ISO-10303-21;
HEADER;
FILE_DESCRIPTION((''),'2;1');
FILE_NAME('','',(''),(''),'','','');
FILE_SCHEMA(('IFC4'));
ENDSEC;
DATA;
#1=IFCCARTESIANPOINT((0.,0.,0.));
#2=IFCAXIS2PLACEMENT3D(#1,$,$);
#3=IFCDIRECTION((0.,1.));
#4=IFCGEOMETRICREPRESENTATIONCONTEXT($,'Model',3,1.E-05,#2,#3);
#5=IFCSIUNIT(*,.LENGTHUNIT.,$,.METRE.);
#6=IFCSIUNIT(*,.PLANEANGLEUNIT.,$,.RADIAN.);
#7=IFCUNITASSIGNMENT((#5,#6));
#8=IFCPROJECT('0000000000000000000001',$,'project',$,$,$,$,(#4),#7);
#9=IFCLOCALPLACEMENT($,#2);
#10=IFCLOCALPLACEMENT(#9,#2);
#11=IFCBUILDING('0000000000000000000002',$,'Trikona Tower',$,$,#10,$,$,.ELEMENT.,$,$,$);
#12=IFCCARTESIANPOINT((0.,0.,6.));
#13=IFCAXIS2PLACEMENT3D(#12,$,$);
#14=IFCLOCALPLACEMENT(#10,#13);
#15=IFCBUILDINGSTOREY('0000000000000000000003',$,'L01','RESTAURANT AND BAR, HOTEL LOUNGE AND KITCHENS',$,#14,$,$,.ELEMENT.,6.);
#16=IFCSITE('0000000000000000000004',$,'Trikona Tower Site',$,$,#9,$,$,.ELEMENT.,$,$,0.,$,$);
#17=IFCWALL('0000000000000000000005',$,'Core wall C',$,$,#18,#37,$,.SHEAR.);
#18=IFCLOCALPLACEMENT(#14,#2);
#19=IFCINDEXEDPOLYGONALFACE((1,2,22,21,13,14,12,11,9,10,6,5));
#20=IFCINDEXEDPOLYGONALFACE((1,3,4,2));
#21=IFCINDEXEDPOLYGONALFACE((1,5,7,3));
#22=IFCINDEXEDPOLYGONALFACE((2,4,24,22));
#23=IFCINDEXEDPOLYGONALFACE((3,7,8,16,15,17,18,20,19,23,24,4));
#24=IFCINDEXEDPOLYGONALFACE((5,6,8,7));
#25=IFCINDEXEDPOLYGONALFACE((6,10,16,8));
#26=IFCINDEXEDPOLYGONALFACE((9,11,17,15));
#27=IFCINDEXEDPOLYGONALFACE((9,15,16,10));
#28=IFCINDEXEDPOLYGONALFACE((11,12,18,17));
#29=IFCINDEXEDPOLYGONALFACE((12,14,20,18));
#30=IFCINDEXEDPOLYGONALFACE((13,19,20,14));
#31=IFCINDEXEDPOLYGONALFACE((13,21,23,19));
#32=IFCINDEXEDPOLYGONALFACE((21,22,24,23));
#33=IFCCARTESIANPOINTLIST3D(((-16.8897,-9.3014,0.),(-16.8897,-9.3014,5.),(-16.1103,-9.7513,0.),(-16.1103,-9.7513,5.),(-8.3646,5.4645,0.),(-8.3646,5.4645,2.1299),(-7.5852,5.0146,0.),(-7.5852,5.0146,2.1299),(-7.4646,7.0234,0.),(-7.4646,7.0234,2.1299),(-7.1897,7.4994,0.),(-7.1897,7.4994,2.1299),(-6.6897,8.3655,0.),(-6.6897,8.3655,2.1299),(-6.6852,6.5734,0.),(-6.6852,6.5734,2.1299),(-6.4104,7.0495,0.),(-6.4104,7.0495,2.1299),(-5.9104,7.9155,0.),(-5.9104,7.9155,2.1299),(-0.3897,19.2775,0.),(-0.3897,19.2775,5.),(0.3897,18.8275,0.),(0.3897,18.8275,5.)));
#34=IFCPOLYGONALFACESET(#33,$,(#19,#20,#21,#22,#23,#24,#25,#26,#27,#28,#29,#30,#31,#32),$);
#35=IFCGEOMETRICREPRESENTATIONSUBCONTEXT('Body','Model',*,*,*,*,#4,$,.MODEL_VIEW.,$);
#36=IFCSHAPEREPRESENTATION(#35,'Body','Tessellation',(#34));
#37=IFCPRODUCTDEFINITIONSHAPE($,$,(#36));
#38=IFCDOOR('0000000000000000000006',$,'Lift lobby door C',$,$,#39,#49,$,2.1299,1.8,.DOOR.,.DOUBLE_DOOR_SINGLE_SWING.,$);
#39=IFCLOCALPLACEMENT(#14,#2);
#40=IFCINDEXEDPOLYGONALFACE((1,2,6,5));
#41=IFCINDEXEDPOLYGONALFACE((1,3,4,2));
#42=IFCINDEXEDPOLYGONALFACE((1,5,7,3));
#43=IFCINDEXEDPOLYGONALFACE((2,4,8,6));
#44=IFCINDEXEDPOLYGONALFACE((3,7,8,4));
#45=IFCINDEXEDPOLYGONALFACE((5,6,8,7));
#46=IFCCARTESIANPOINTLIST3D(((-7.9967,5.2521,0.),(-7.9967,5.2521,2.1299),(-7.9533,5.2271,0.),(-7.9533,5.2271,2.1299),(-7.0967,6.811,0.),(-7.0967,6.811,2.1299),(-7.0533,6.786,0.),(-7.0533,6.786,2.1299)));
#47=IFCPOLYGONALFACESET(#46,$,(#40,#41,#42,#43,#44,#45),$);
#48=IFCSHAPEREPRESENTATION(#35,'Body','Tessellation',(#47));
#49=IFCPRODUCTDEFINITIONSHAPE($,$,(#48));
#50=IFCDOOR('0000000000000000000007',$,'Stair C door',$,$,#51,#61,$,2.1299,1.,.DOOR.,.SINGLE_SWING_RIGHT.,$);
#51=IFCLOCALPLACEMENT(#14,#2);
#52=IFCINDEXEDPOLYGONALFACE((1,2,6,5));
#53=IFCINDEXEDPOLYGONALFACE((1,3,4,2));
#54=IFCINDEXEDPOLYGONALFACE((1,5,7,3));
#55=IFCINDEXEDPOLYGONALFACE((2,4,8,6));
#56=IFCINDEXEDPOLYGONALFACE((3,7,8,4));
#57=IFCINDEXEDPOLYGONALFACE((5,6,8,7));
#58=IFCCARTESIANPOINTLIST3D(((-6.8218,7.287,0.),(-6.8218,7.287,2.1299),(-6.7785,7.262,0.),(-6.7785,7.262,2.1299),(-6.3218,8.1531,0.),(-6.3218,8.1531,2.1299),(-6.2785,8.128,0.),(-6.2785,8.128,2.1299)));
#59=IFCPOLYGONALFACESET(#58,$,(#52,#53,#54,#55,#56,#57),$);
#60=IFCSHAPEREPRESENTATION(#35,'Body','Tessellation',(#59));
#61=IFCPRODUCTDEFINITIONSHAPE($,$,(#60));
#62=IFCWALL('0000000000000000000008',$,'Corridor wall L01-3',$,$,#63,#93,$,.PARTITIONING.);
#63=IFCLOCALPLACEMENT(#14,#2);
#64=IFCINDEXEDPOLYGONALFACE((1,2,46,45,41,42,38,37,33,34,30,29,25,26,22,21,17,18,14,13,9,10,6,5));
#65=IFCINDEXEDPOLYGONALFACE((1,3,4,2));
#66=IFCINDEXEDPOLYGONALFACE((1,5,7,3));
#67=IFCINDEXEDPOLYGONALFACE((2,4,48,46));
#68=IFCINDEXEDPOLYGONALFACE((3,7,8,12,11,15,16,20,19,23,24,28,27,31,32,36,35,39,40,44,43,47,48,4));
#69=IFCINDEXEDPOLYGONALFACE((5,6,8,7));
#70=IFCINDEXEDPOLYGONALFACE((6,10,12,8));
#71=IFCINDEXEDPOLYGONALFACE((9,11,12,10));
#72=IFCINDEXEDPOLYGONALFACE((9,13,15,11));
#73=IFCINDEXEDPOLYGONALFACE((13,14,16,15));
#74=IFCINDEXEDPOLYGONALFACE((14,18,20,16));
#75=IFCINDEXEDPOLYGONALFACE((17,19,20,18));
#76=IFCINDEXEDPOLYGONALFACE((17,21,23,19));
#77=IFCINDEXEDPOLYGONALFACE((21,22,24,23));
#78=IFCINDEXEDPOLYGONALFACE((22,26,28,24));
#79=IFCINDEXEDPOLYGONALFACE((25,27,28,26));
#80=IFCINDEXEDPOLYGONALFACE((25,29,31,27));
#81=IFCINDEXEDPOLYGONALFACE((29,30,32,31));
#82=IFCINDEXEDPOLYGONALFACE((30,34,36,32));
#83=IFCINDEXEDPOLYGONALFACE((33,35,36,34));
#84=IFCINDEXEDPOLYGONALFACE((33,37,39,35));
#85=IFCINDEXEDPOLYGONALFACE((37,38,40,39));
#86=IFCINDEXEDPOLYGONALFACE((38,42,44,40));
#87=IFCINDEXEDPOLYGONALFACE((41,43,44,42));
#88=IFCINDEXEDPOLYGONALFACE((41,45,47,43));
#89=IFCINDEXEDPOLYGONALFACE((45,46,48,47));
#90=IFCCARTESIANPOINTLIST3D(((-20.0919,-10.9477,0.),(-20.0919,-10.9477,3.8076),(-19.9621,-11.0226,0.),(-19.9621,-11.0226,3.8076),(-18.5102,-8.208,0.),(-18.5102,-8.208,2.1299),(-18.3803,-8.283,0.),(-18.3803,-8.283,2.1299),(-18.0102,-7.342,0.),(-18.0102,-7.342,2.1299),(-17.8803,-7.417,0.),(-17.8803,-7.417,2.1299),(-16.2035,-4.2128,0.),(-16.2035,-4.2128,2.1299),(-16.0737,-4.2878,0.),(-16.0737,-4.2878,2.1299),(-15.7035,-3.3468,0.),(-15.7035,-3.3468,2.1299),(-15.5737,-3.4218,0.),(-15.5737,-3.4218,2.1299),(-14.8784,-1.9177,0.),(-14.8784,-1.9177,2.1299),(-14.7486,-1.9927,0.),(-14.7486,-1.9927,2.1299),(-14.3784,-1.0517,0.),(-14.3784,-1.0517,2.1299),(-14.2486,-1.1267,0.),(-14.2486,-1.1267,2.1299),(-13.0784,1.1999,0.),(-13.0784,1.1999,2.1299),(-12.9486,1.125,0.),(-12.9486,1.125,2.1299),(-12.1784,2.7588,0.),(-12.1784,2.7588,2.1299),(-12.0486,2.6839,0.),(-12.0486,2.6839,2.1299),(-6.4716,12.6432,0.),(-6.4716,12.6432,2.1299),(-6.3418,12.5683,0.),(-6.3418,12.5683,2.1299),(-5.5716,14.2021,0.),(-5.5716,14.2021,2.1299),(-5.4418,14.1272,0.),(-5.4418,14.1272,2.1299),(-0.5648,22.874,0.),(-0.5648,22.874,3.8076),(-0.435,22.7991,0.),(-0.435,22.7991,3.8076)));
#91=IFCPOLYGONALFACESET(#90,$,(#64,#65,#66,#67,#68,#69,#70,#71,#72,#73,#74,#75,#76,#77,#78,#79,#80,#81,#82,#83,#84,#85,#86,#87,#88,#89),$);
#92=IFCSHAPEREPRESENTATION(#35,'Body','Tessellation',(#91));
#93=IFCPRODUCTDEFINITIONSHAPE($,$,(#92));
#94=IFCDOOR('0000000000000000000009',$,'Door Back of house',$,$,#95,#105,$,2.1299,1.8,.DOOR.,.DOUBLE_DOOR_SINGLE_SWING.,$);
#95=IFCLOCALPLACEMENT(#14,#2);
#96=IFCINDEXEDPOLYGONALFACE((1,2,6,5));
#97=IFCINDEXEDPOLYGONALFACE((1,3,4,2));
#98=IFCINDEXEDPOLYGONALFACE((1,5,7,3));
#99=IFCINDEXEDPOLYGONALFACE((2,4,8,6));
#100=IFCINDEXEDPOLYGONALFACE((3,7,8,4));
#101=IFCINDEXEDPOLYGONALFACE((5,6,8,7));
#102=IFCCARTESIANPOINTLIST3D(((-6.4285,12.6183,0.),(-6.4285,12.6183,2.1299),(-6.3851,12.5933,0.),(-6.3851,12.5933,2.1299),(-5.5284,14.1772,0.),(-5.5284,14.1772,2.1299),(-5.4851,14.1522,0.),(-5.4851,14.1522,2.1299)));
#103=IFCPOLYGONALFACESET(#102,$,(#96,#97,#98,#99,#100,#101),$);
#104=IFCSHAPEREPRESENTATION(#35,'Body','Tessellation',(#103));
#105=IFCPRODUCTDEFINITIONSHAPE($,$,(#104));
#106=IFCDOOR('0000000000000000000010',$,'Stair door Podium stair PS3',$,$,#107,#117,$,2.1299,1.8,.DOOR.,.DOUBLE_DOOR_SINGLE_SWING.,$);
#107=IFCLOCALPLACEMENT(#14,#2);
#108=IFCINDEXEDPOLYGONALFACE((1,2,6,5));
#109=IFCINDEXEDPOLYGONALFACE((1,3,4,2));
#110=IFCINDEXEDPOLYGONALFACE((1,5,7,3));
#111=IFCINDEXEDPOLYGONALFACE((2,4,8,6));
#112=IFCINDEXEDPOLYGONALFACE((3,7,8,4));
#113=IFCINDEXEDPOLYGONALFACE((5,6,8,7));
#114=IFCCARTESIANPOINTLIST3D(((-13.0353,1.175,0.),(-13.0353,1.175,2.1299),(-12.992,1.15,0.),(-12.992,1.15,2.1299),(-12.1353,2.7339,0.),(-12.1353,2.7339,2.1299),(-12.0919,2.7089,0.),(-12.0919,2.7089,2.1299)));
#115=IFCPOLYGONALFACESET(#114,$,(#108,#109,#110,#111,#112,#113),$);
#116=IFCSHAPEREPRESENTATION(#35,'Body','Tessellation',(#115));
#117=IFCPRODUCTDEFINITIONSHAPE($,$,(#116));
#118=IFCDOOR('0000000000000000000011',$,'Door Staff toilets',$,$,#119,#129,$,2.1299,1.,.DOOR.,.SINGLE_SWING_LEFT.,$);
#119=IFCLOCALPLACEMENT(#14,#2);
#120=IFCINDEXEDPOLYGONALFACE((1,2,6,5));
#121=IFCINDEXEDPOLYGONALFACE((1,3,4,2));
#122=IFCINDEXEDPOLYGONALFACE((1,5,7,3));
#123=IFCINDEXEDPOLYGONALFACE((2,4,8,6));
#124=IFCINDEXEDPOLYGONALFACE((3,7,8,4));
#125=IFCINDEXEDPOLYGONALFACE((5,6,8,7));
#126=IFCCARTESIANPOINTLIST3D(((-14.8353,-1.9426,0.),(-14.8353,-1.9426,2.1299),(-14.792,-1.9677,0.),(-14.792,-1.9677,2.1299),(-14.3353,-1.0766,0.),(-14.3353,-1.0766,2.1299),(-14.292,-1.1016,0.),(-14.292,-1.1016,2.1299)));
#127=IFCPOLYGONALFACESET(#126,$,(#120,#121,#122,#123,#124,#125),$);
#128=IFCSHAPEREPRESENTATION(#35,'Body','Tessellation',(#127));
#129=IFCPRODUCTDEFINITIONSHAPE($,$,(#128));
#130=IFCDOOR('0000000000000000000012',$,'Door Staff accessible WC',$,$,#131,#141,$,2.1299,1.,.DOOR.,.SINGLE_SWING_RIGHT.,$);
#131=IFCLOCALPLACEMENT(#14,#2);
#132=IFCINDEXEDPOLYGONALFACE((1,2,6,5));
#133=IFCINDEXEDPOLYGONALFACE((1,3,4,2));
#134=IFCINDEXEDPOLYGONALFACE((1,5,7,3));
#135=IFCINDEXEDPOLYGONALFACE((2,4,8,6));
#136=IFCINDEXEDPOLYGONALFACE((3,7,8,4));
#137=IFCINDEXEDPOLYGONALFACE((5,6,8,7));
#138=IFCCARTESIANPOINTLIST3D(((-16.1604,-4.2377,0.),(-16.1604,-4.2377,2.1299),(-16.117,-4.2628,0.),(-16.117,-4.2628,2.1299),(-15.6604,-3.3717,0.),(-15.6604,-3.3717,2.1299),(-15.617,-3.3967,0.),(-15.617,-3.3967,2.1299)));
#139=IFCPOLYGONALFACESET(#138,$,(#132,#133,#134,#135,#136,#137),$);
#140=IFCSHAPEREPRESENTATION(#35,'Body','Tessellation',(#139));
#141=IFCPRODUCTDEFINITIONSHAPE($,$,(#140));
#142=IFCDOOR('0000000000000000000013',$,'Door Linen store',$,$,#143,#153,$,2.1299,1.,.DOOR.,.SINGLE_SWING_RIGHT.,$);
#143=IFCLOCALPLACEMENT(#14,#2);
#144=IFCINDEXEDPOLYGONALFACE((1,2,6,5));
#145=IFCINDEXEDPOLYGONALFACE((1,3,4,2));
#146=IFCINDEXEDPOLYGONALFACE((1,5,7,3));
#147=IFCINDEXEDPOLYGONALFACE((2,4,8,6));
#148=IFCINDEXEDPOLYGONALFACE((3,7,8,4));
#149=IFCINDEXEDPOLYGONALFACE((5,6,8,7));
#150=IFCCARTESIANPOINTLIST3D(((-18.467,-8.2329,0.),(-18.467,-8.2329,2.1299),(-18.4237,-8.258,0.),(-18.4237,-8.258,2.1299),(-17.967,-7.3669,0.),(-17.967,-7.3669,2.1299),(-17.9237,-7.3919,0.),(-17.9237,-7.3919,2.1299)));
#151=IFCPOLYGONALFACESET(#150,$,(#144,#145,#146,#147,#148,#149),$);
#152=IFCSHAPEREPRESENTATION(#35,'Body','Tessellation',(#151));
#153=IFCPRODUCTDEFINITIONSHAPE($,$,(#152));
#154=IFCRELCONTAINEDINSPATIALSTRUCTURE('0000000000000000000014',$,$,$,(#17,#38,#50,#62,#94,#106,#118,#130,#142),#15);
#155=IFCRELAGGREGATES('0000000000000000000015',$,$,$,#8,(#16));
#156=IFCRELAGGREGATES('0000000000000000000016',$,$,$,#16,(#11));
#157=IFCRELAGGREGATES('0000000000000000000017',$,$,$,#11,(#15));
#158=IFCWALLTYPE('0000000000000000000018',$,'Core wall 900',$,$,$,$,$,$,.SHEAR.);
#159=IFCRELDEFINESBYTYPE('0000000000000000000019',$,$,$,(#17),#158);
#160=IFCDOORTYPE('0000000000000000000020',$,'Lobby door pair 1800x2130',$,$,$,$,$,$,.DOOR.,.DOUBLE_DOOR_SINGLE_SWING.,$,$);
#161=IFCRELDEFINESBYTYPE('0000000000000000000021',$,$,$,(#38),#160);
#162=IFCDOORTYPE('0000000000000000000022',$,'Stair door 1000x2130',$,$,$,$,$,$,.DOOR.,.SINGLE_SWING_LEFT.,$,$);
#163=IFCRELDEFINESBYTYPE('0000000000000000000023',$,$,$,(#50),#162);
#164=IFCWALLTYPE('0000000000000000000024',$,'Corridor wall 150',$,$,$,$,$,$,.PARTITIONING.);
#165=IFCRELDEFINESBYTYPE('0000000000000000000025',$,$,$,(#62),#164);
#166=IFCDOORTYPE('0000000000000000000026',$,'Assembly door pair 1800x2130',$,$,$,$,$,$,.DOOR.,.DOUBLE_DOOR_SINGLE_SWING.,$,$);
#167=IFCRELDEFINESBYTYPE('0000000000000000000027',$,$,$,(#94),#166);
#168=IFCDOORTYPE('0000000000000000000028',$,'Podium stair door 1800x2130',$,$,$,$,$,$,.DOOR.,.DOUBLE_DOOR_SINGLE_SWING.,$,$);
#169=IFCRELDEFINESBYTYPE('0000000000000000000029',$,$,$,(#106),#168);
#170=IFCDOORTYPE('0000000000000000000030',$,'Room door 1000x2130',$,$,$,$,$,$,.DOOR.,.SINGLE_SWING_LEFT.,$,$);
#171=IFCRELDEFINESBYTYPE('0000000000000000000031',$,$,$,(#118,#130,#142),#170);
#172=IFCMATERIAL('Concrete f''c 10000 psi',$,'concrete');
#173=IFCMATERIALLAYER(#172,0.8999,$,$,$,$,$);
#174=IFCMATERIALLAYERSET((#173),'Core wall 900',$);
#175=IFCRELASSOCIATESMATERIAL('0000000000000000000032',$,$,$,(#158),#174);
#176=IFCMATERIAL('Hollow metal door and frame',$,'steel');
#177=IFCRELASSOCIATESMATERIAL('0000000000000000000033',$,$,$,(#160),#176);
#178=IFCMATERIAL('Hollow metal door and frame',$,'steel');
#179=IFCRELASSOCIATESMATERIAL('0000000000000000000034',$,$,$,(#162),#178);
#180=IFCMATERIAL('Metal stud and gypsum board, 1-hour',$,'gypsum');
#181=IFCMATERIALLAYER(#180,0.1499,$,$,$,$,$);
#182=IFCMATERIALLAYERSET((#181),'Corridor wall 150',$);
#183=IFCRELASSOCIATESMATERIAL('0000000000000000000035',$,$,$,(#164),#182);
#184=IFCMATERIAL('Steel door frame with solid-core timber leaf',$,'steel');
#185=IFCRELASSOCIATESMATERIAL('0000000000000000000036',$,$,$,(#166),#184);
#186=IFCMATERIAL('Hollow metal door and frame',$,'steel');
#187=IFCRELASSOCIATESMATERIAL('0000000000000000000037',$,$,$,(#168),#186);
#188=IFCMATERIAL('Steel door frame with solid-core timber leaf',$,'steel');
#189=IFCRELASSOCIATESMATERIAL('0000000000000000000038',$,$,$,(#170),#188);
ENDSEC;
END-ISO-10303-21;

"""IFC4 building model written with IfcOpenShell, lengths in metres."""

from ifc_helpers import new_model, si_unit, direction, frame, frame_2d, origin, place, context, subcontext, project, spatial, rectangle, extrude, material, layer, layer_set, type_object, element, fill, save


model = new_model("IFC4")

# Units and contexts
model_context = context("Model", 3, precision=1e-05, world=origin(), true_north=direction((0.0, 1.0)))
body_context = subcontext(model_context, "Body", "Model", "MODEL_VIEW")
ifc_project = project(units=[si_unit("LENGTHUNIT", "METRE"), si_unit("PLANEANGLEUNIT", "RADIAN")], contexts=[model_context])

# Site, building, storey
site_placement = place(None, origin())
site = spatial("IfcSite", under=ifc_project, at=site_placement, Name="Trikona Tower Site", CompositionType="ELEMENT", RefElevation=0.0)
building_placement = place(site_placement, origin())
building = spatial("IfcBuilding", under=site, at=building_placement, Name="Trikona Tower", CompositionType="ELEMENT")
storey_placement = place(building_placement, frame((0.0, 0.0, 6.0)))
storey = spatial("IfcBuildingStorey", under=building, at=storey_placement, Name="L01", Description="RESTAURANT AND BAR, HOTEL LOUNGE AND KITCHENS", CompositionType="ELEMENT", Elevation=6.0)

# Walls, openings, doors
ifc_material_1 = material(Name="Concrete f'c 10000 psi", Category="concrete")
ifc_layer_1 = layer(ifc_material_1, 0.8999)
ifc_layer_set_1 = layer_set([ifc_layer_1], Name="Core wall 900")
wall_type_1 = type_object("IfcWallType", Name="Core wall 900", PredefinedType="SHEAR", material=ifc_layer_set_1)
wall_1_placement = place(storey_placement, frame((0.0, 19.0525, 0.0), z_axis=(0.0, 0.0, 1.0), x_axis=(-0.5, -0.866026, 0.0)))
wall_1 = element("IfcWall", 1, at=wall_1_placement, inside=storey, type_object=wall_type_1, Name="Core wall C", PredefinedType="SHEAR", context=body_context, shape_type="SweptSolid", body=[
    extrude(rectangle(XDim=33.0, YDim=0.8999, at=frame_2d((16.5, 0.0))), origin(), (0.0, 0.0, 1.0), 5.0),
])
opening_1_placement = place(wall_1_placement, frame((14.1499, 0.0, 0.0)))
opening_1 = element("IfcOpeningElement", 2, at=opening_1_placement, cuts=wall_1, PredefinedType="OPENING", context=body_context, shape_type="SweptSolid", body=[
    extrude(rectangle(XDim=1.8, YDim=2.1299, at=frame_2d((0.8999, 1.0649))), frame((0.0, 0.46, 0.0), z_axis=(0.0, -1.0, 0.0), x_axis=(1.0, 0.0, 0.0)), (0.0, 0.0, 1.0), 0.9199),
])
opening_2_placement = place(wall_1_placement, frame((12.6001, 0.0, 0.0)))
opening_2 = element("IfcOpeningElement", 3, at=opening_2_placement, cuts=wall_1, PredefinedType="OPENING", context=body_context, shape_type="SweptSolid", body=[
    extrude(rectangle(XDim=1.0, YDim=2.1299, at=frame_2d((0.5, 1.0649))), frame((0.0, 0.46, 0.0), z_axis=(0.0, -1.0, 0.0), x_axis=(1.0, 0.0, 0.0)), (0.0, 0.0, 1.0), 0.9199),
])
ifc_material_2 = material(Name="Hollow metal door and frame", Category="steel")
door_type_1 = type_object("IfcDoorType", Name="Lobby door pair 1800x2130", OperationType="DOUBLE_DOOR_SINGLE_SWING", PredefinedType="DOOR", material=ifc_material_2)
door_1_placement = place(opening_1_placement, origin())
door_1 = element("IfcDoor", 4, at=door_1_placement, inside=storey, type_object=door_type_1, Name="Lift lobby door C", OperationType="DOUBLE_DOOR_SINGLE_SWING", OverallHeight=2.1299, OverallWidth=1.8, PredefinedType="DOOR", context=body_context, shape_type="SweptSolid", body=[
    extrude(rectangle(XDim=1.8, YDim=2.1299, at=frame_2d((0.8999, 1.0649))), frame((0.0, 0.0249, 0.0), z_axis=(0.0, -1.0, 0.0), x_axis=(1.0, 0.0, 0.0)), (0.0, 0.0, 1.0), 0.05),
])
fill(opening_1, door_1)
ifc_material_3 = material(Name="Hollow metal door and frame", Category="steel")
door_type_2 = type_object("IfcDoorType", Name="Stair door 1000x2130", OperationType="SINGLE_SWING_LEFT", PredefinedType="DOOR", material=ifc_material_3)
door_2_placement = place(opening_2_placement, origin())
door_2 = element("IfcDoor", 5, at=door_2_placement, inside=storey, type_object=door_type_2, Name="Stair C door", OperationType="SINGLE_SWING_RIGHT", OverallHeight=2.1299, OverallWidth=1.0, PredefinedType="DOOR", context=body_context, shape_type="SweptSolid", body=[
    extrude(rectangle(XDim=1.0, YDim=2.1299, at=frame_2d((0.5, 1.0649))), frame((0.0, 0.0249, 0.0), z_axis=(0.0, -1.0, 0.0), x_axis=(1.0, 0.0, 0.0)), (0.0, 0.0, 1.0), 0.05),
])
fill(opening_2, door_2)
ifc_material_4 = material(Name="Metal stud and gypsum board, 1-hour", Category="gypsum")
ifc_layer_2 = layer(ifc_material_4, 0.1499)
ifc_layer_set_2 = layer_set([ifc_layer_2], Name="Corridor wall 150")
wall_type_2 = type_object("IfcWallType", Name="Corridor wall 150", PredefinedType="PARTITIONING", material=ifc_layer_set_2)
wall_2_placement = place(storey_placement, frame((-0.5, 22.8364, 0.0), z_axis=(0.0, 0.0, 1.0), x_axis=(-0.500002, -0.866024, 0.0)))
wall_2 = element("IfcWall", 6, at=wall_2_placement, inside=storey, type_object=wall_type_2, Name="Corridor wall L01-3", PredefinedType="PARTITIONING", context=body_context, shape_type="SweptSolid", body=[
    extrude(rectangle(XDim=39.054, YDim=0.1499, at=frame_2d((19.5269, 0.0))), origin(), (0.0, 0.0, 1.0), 3.8076),
])
opening_3_placement = place(wall_2_placement, frame((10.0134, 0.0, 0.0)))
opening_3 = element("IfcOpeningElement", 7, at=opening_3_placement, cuts=wall_2, PredefinedType="OPENING", context=body_context, shape_type="SweptSolid", body=[
    extrude(rectangle(XDim=1.8, YDim=2.1299, at=frame_2d((0.8999, 1.0649))), frame((0.0, 0.085, 0.0), z_axis=(0.0, -1.0, 0.0), x_axis=(1.0, 0.0, 0.0)), (0.0, 0.0, 1.0), 0.1699),
])
opening_4_placement = place(wall_2_placement, frame((23.2271, 0.0, 0.0)))
opening_4 = element("IfcOpeningElement", 8, at=opening_4_placement, cuts=wall_2, PredefinedType="OPENING", context=body_context, shape_type="SweptSolid", body=[
    extrude(rectangle(XDim=1.8, YDim=2.1299, at=frame_2d((0.8999, 1.0649))), frame((0.0, 0.085, 0.0), z_axis=(0.0, -1.0, 0.0), x_axis=(1.0, 0.0, 0.0)), (0.0, 0.0, 1.0), 0.1699),
])
opening_5_placement = place(wall_2_placement, frame((27.627, 0.0, 0.0)))
opening_5 = element("IfcOpeningElement", 9, at=opening_5_placement, cuts=wall_2, PredefinedType="OPENING", context=body_context, shape_type="SweptSolid", body=[
    extrude(rectangle(XDim=1.0, YDim=2.1299, at=frame_2d((0.5, 1.0649))), frame((0.0, 0.085, 0.0), z_axis=(0.0, -1.0, 0.0), x_axis=(1.0, 0.0, 0.0)), (0.0, 0.0, 1.0), 0.1699),
])
opening_6_placement = place(wall_2_placement, frame((30.2771, 0.0, 0.0)))
opening_6 = element("IfcOpeningElement", 10, at=opening_6_placement, cuts=wall_2, PredefinedType="OPENING", context=body_context, shape_type="SweptSolid", body=[
    extrude(rectangle(XDim=1.0, YDim=2.1299, at=frame_2d((0.5, 1.0649))), frame((0.0, 0.085, 0.0), z_axis=(0.0, -1.0, 0.0), x_axis=(1.0, 0.0, 0.0)), (0.0, 0.0, 1.0), 0.1699),
])
opening_7_placement = place(wall_2_placement, frame((34.8904, 0.0, 0.0)))
opening_7 = element("IfcOpeningElement", 11, at=opening_7_placement, cuts=wall_2, PredefinedType="OPENING", context=body_context, shape_type="SweptSolid", body=[
    extrude(rectangle(XDim=1.0, YDim=2.1299, at=frame_2d((0.5, 1.0649))), frame((0.0, 0.085, 0.0), z_axis=(0.0, -1.0, 0.0), x_axis=(1.0, 0.0, 0.0)), (0.0, 0.0, 1.0), 0.1699),
])
ifc_material_5 = material(Name="Steel door frame with solid-core timber leaf", Category="steel")
door_type_3 = type_object("IfcDoorType", Name="Assembly door pair 1800x2130", OperationType="DOUBLE_DOOR_SINGLE_SWING", PredefinedType="DOOR", material=ifc_material_5)
door_3_placement = place(opening_3_placement, origin())
door_3 = element("IfcDoor", 12, at=door_3_placement, inside=storey, type_object=door_type_3, Name="Door Back of house", OperationType="DOUBLE_DOOR_SINGLE_SWING", OverallHeight=2.1299, OverallWidth=1.8, PredefinedType="DOOR", context=body_context, shape_type="SweptSolid", body=[
    extrude(rectangle(XDim=1.8, YDim=2.1299, at=frame_2d((0.8999, 1.0649))), frame((0.0, 0.0249, 0.0), z_axis=(0.0, -1.0, 0.0), x_axis=(1.0, 0.0, 0.0)), (0.0, 0.0, 1.0), 0.05),
])
fill(opening_3, door_3)
ifc_material_6 = material(Name="Hollow metal door and frame", Category="steel")
door_type_4 = type_object("IfcDoorType", Name="Podium stair door 1800x2130", OperationType="DOUBLE_DOOR_SINGLE_SWING", PredefinedType="DOOR", material=ifc_material_6)
door_4_placement = place(opening_4_placement, origin())
door_4 = element("IfcDoor", 13, at=door_4_placement, inside=storey, type_object=door_type_4, Name="Stair door Podium stair PS3", OperationType="DOUBLE_DOOR_SINGLE_SWING", OverallHeight=2.1299, OverallWidth=1.8, PredefinedType="DOOR", context=body_context, shape_type="SweptSolid", body=[
    extrude(rectangle(XDim=1.8, YDim=2.1299, at=frame_2d((0.8999, 1.0649))), frame((0.0, 0.0249, 0.0), z_axis=(0.0, -1.0, 0.0), x_axis=(1.0, 0.0, 0.0)), (0.0, 0.0, 1.0), 0.05),
])
fill(opening_4, door_4)
ifc_material_7 = material(Name="Steel door frame with solid-core timber leaf", Category="steel")
door_type_5 = type_object("IfcDoorType", Name="Room door 1000x2130", OperationType="SINGLE_SWING_LEFT", PredefinedType="DOOR", material=ifc_material_7)
door_5_placement = place(opening_5_placement, origin())
door_5 = element("IfcDoor", 14, at=door_5_placement, inside=storey, type_object=door_type_5, Name="Door Staff toilets", OperationType="SINGLE_SWING_LEFT", OverallHeight=2.1299, OverallWidth=1.0, PredefinedType="DOOR", context=body_context, shape_type="SweptSolid", body=[
    extrude(rectangle(XDim=1.0, YDim=2.1299, at=frame_2d((0.5, 1.0649))), frame((0.0, 0.0249, 0.0), z_axis=(0.0, -1.0, 0.0), x_axis=(1.0, 0.0, 0.0)), (0.0, 0.0, 1.0), 0.05),
])
fill(opening_5, door_5)
door_6_placement = place(opening_6_placement, origin())
door_6 = element("IfcDoor", 15, at=door_6_placement, inside=storey, type_object=door_type_5, Name="Door Staff accessible WC", OperationType="SINGLE_SWING_RIGHT", OverallHeight=2.1299, OverallWidth=1.0, PredefinedType="DOOR", context=body_context, shape_type="SweptSolid", body=[
    extrude(rectangle(XDim=1.0, YDim=2.1299, at=frame_2d((0.5, 1.0649))), frame((0.0, 0.0249, 0.0), z_axis=(0.0, -1.0, 0.0), x_axis=(1.0, 0.0, 0.0)), (0.0, 0.0, 1.0), 0.05),
])
fill(opening_6, door_6)
door_7_placement = place(opening_7_placement, origin())
door_7 = element("IfcDoor", 16, at=door_7_placement, inside=storey, type_object=door_type_5, Name="Door Linen store", OperationType="SINGLE_SWING_RIGHT", OverallHeight=2.1299, OverallWidth=1.0, PredefinedType="DOOR", context=body_context, shape_type="SweptSolid", body=[
    extrude(rectangle(XDim=1.0, YDim=2.1299, at=frame_2d((0.5, 1.0649))), frame((0.0, 0.0249, 0.0), z_axis=(0.0, -1.0, 0.0), x_axis=(1.0, 0.0, 0.0)), (0.0, 0.0, 1.0), 0.05),
])
fill(opening_7, door_7)

save(model, "model.ifc")
